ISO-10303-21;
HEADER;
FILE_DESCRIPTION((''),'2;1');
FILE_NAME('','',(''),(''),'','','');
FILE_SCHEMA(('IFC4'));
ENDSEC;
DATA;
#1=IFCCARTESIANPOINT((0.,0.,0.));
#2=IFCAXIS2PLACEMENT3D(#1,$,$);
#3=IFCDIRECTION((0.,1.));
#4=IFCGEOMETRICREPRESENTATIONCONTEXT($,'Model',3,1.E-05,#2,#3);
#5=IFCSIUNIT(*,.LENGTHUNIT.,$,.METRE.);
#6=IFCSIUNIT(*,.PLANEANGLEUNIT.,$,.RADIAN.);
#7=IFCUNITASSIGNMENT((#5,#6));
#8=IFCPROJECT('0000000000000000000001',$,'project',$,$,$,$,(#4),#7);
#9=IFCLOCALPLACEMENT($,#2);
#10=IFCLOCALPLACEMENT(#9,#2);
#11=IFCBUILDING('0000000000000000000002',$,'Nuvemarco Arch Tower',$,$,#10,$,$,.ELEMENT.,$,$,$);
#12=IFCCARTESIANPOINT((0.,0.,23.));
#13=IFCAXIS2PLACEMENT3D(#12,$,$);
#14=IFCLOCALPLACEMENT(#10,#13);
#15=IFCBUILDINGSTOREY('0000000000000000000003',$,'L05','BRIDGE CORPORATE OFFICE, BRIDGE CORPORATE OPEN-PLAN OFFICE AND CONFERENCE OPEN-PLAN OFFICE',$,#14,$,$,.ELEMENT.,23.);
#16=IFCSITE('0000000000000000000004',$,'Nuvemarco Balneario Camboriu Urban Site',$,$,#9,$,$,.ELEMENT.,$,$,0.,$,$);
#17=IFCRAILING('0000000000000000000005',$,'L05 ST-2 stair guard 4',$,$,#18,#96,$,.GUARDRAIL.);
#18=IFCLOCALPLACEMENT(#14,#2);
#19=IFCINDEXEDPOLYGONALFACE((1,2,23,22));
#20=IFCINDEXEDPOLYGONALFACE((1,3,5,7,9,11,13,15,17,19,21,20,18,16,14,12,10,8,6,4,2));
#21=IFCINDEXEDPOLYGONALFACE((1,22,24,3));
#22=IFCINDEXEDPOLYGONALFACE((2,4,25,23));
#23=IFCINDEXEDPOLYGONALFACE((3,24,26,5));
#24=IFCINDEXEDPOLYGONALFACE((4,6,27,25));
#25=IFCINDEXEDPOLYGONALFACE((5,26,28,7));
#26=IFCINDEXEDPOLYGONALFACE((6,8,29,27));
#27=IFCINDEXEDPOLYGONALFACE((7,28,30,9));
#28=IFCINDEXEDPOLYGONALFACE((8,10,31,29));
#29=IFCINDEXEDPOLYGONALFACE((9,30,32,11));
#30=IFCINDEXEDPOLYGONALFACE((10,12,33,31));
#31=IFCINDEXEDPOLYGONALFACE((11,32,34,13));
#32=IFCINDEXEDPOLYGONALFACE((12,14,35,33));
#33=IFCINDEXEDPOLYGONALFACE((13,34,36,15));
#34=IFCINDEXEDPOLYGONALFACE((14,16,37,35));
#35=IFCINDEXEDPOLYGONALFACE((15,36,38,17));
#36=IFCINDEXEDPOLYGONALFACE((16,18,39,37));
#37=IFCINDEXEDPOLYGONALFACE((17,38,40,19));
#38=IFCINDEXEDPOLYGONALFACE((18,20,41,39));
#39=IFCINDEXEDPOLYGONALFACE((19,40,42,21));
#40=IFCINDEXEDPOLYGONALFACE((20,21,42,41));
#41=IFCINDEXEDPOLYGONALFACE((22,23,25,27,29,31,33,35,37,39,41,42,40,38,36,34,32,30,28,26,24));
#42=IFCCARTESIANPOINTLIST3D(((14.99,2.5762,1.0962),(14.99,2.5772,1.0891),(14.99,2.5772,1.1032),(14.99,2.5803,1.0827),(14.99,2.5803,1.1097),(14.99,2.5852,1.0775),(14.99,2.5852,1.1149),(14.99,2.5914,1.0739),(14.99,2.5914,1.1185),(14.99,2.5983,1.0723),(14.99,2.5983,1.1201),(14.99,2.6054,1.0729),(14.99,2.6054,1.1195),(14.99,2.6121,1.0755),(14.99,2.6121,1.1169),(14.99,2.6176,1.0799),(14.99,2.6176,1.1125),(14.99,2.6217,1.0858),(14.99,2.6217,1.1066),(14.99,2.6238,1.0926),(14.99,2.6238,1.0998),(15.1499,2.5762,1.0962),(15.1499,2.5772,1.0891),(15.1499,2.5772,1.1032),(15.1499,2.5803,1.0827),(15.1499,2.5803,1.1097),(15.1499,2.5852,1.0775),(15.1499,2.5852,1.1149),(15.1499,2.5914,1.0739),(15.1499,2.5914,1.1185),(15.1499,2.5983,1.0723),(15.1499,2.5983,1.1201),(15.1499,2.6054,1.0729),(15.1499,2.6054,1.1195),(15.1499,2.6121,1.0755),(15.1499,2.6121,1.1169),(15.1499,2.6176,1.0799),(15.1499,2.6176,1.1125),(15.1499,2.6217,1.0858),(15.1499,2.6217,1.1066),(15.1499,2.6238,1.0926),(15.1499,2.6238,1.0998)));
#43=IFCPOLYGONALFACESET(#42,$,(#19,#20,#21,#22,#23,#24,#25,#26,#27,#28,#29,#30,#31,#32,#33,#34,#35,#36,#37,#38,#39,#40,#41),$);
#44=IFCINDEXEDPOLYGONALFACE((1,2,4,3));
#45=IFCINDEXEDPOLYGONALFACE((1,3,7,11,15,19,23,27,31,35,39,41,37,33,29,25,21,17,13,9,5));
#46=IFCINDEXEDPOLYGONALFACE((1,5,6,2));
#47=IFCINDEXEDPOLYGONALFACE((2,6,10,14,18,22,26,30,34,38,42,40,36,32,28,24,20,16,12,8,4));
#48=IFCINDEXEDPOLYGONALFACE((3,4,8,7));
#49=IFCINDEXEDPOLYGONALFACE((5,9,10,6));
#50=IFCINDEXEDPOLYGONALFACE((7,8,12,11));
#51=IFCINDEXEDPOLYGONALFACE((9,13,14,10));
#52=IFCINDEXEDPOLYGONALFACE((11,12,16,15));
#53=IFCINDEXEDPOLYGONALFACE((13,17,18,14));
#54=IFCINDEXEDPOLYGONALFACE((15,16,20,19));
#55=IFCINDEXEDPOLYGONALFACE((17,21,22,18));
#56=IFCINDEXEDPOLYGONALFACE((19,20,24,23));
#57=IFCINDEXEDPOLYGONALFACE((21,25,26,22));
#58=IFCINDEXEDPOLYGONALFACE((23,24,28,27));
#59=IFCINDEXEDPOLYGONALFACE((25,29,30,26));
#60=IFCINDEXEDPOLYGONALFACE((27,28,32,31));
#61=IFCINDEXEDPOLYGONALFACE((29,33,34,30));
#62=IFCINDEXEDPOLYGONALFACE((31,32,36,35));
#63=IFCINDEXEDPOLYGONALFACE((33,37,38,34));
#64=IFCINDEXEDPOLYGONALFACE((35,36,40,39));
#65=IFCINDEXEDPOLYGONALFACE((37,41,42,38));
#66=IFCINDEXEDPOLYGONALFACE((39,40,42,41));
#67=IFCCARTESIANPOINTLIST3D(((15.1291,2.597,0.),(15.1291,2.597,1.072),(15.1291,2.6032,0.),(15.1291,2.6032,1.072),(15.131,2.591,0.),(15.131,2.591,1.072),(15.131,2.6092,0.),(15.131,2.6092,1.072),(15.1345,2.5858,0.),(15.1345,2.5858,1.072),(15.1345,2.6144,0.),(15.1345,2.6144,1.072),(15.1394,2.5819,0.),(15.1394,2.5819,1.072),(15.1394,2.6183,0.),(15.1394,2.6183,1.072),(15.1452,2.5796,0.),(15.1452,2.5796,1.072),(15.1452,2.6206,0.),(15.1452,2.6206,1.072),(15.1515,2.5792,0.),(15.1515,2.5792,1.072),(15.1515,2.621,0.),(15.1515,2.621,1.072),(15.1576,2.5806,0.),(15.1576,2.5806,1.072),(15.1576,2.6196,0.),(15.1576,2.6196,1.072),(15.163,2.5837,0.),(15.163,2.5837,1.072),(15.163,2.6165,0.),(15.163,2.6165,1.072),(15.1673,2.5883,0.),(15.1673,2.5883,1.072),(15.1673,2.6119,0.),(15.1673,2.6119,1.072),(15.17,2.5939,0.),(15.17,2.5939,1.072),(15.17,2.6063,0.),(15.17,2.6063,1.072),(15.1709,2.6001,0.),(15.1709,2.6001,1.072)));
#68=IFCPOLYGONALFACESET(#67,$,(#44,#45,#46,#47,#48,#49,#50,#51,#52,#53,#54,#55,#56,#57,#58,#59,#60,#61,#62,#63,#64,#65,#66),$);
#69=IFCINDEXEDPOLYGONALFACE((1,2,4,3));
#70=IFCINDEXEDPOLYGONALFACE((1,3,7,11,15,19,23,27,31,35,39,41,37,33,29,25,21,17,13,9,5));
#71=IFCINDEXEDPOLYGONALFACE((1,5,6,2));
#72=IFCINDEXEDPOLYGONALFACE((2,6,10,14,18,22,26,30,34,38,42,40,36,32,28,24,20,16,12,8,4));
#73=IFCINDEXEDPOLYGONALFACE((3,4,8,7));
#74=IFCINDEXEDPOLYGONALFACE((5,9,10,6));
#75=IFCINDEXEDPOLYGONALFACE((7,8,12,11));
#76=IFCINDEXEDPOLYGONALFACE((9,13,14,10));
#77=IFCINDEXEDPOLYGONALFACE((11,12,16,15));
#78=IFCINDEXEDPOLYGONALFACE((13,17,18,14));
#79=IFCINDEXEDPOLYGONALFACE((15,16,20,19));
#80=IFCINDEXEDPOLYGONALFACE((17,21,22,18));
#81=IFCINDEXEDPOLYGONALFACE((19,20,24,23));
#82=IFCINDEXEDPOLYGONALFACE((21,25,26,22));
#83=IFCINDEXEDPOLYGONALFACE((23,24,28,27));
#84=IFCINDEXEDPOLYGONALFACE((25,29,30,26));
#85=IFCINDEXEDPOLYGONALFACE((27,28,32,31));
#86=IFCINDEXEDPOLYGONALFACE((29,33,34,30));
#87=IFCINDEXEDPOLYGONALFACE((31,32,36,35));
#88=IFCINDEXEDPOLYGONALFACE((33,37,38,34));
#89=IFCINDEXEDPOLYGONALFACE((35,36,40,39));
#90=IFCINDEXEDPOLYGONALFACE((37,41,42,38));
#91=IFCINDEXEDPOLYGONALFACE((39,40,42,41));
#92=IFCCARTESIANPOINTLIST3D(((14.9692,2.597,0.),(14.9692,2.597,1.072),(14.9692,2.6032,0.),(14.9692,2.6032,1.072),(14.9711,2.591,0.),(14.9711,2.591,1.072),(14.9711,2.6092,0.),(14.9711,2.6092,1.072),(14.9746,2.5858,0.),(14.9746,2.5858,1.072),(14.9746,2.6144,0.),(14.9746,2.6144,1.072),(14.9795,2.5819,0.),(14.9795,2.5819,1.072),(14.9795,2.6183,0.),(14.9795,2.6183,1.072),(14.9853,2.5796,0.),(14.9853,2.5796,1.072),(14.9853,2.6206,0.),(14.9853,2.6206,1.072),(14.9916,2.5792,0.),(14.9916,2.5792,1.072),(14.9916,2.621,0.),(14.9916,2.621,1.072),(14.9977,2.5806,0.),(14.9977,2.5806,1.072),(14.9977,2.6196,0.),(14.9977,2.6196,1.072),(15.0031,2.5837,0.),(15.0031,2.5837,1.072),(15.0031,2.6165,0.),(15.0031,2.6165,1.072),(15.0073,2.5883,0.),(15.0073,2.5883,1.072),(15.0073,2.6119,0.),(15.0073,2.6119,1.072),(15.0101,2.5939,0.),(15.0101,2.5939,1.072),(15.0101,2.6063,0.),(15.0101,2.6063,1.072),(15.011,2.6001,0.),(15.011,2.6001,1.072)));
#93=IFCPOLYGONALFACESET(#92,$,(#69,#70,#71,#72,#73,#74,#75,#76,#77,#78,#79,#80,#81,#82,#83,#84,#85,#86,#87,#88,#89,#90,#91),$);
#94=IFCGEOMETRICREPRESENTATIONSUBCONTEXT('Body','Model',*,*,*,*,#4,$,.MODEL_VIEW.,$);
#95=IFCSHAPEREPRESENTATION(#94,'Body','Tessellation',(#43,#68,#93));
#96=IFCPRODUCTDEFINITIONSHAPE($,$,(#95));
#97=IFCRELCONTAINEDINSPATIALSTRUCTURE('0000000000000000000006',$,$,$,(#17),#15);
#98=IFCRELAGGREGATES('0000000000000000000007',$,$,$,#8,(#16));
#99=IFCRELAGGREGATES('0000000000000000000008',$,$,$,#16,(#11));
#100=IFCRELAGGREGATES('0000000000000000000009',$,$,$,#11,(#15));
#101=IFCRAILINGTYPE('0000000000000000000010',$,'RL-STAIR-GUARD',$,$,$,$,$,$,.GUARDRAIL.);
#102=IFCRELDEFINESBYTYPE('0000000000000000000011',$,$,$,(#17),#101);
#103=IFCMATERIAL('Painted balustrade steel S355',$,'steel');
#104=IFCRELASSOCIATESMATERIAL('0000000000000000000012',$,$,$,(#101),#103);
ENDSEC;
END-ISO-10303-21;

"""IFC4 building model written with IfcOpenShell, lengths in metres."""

from ifc_helpers import new_model, si_unit, direction, frame, origin, origin_2d, place, context, subcontext, project, spatial, circle, extrude, material, type_object, element, save


model = new_model("IFC4")

# Units and contexts
model_context = context("Model", 3, precision=1e-05, world=origin(), true_north=direction((0.0, 1.0)))
body_context = subcontext(model_context, "Body", "Model", "MODEL_VIEW")
ifc_project = project(units=[si_unit("LENGTHUNIT", "METRE"), si_unit("PLANEANGLEUNIT", "RADIAN")], contexts=[model_context])

# Site, building, storey
site_placement = place(None, origin())
site = spatial("IfcSite", under=ifc_project, at=site_placement, Name="Nuvemarco Balneario Camboriu Urban Site", CompositionType="ELEMENT", RefElevation=0.0)
building_placement = place(site_placement, origin())
building = spatial("IfcBuilding", under=site, at=building_placement, Name="Nuvemarco Arch Tower", CompositionType="ELEMENT")
storey_placement = place(building_placement, frame((0.0, 0.0, 23.0)))
storey = spatial("IfcBuildingStorey", under=building, at=storey_placement, Name="L05", Description="BRIDGE CORPORATE OFFICE, BRIDGE CORPORATE OPEN-PLAN OFFICE AND CONFERENCE OPEN-PLAN OFFICE", CompositionType="ELEMENT", Elevation=23.0)

# Railing
ifc_material_1 = material(Name="Painted balustrade steel S355", Category="steel")
railing_type_1 = type_object("IfcRailingType", Name="RL-STAIR-GUARD", PredefinedType="GUARDRAIL", material=ifc_material_1)
railing_1_placement = place(storey_placement, frame((15.1499, 2.6001, 0.0)))
element("IfcRailing", 1, at=railing_1_placement, inside=storey, type_object=railing_type_1, Name="L05 ST-2 stair guard 4", PredefinedType="GUARDRAIL", context=body_context, shape_type="SweptSolid", body=[
    extrude(circle(Radius=0.0239, at=origin_2d()), frame((0.0, 0.0, 1.0962), z_axis=(-1.0, 0.0, 0.0), x_axis=(0.0, -1.0, 0.0)), (0.0, 0.0, 1.0), 0.1599),
    extrude(circle(Radius=0.021, at=origin_2d()), origin(), (0.0, 0.0, 1.0), 1.072),
    extrude(circle(Radius=0.021, at=origin_2d()), frame((-0.1599, 0.0, 0.0)), (0.0, 0.0, 1.0), 1.072),
])

save(model, "model.ifc")
